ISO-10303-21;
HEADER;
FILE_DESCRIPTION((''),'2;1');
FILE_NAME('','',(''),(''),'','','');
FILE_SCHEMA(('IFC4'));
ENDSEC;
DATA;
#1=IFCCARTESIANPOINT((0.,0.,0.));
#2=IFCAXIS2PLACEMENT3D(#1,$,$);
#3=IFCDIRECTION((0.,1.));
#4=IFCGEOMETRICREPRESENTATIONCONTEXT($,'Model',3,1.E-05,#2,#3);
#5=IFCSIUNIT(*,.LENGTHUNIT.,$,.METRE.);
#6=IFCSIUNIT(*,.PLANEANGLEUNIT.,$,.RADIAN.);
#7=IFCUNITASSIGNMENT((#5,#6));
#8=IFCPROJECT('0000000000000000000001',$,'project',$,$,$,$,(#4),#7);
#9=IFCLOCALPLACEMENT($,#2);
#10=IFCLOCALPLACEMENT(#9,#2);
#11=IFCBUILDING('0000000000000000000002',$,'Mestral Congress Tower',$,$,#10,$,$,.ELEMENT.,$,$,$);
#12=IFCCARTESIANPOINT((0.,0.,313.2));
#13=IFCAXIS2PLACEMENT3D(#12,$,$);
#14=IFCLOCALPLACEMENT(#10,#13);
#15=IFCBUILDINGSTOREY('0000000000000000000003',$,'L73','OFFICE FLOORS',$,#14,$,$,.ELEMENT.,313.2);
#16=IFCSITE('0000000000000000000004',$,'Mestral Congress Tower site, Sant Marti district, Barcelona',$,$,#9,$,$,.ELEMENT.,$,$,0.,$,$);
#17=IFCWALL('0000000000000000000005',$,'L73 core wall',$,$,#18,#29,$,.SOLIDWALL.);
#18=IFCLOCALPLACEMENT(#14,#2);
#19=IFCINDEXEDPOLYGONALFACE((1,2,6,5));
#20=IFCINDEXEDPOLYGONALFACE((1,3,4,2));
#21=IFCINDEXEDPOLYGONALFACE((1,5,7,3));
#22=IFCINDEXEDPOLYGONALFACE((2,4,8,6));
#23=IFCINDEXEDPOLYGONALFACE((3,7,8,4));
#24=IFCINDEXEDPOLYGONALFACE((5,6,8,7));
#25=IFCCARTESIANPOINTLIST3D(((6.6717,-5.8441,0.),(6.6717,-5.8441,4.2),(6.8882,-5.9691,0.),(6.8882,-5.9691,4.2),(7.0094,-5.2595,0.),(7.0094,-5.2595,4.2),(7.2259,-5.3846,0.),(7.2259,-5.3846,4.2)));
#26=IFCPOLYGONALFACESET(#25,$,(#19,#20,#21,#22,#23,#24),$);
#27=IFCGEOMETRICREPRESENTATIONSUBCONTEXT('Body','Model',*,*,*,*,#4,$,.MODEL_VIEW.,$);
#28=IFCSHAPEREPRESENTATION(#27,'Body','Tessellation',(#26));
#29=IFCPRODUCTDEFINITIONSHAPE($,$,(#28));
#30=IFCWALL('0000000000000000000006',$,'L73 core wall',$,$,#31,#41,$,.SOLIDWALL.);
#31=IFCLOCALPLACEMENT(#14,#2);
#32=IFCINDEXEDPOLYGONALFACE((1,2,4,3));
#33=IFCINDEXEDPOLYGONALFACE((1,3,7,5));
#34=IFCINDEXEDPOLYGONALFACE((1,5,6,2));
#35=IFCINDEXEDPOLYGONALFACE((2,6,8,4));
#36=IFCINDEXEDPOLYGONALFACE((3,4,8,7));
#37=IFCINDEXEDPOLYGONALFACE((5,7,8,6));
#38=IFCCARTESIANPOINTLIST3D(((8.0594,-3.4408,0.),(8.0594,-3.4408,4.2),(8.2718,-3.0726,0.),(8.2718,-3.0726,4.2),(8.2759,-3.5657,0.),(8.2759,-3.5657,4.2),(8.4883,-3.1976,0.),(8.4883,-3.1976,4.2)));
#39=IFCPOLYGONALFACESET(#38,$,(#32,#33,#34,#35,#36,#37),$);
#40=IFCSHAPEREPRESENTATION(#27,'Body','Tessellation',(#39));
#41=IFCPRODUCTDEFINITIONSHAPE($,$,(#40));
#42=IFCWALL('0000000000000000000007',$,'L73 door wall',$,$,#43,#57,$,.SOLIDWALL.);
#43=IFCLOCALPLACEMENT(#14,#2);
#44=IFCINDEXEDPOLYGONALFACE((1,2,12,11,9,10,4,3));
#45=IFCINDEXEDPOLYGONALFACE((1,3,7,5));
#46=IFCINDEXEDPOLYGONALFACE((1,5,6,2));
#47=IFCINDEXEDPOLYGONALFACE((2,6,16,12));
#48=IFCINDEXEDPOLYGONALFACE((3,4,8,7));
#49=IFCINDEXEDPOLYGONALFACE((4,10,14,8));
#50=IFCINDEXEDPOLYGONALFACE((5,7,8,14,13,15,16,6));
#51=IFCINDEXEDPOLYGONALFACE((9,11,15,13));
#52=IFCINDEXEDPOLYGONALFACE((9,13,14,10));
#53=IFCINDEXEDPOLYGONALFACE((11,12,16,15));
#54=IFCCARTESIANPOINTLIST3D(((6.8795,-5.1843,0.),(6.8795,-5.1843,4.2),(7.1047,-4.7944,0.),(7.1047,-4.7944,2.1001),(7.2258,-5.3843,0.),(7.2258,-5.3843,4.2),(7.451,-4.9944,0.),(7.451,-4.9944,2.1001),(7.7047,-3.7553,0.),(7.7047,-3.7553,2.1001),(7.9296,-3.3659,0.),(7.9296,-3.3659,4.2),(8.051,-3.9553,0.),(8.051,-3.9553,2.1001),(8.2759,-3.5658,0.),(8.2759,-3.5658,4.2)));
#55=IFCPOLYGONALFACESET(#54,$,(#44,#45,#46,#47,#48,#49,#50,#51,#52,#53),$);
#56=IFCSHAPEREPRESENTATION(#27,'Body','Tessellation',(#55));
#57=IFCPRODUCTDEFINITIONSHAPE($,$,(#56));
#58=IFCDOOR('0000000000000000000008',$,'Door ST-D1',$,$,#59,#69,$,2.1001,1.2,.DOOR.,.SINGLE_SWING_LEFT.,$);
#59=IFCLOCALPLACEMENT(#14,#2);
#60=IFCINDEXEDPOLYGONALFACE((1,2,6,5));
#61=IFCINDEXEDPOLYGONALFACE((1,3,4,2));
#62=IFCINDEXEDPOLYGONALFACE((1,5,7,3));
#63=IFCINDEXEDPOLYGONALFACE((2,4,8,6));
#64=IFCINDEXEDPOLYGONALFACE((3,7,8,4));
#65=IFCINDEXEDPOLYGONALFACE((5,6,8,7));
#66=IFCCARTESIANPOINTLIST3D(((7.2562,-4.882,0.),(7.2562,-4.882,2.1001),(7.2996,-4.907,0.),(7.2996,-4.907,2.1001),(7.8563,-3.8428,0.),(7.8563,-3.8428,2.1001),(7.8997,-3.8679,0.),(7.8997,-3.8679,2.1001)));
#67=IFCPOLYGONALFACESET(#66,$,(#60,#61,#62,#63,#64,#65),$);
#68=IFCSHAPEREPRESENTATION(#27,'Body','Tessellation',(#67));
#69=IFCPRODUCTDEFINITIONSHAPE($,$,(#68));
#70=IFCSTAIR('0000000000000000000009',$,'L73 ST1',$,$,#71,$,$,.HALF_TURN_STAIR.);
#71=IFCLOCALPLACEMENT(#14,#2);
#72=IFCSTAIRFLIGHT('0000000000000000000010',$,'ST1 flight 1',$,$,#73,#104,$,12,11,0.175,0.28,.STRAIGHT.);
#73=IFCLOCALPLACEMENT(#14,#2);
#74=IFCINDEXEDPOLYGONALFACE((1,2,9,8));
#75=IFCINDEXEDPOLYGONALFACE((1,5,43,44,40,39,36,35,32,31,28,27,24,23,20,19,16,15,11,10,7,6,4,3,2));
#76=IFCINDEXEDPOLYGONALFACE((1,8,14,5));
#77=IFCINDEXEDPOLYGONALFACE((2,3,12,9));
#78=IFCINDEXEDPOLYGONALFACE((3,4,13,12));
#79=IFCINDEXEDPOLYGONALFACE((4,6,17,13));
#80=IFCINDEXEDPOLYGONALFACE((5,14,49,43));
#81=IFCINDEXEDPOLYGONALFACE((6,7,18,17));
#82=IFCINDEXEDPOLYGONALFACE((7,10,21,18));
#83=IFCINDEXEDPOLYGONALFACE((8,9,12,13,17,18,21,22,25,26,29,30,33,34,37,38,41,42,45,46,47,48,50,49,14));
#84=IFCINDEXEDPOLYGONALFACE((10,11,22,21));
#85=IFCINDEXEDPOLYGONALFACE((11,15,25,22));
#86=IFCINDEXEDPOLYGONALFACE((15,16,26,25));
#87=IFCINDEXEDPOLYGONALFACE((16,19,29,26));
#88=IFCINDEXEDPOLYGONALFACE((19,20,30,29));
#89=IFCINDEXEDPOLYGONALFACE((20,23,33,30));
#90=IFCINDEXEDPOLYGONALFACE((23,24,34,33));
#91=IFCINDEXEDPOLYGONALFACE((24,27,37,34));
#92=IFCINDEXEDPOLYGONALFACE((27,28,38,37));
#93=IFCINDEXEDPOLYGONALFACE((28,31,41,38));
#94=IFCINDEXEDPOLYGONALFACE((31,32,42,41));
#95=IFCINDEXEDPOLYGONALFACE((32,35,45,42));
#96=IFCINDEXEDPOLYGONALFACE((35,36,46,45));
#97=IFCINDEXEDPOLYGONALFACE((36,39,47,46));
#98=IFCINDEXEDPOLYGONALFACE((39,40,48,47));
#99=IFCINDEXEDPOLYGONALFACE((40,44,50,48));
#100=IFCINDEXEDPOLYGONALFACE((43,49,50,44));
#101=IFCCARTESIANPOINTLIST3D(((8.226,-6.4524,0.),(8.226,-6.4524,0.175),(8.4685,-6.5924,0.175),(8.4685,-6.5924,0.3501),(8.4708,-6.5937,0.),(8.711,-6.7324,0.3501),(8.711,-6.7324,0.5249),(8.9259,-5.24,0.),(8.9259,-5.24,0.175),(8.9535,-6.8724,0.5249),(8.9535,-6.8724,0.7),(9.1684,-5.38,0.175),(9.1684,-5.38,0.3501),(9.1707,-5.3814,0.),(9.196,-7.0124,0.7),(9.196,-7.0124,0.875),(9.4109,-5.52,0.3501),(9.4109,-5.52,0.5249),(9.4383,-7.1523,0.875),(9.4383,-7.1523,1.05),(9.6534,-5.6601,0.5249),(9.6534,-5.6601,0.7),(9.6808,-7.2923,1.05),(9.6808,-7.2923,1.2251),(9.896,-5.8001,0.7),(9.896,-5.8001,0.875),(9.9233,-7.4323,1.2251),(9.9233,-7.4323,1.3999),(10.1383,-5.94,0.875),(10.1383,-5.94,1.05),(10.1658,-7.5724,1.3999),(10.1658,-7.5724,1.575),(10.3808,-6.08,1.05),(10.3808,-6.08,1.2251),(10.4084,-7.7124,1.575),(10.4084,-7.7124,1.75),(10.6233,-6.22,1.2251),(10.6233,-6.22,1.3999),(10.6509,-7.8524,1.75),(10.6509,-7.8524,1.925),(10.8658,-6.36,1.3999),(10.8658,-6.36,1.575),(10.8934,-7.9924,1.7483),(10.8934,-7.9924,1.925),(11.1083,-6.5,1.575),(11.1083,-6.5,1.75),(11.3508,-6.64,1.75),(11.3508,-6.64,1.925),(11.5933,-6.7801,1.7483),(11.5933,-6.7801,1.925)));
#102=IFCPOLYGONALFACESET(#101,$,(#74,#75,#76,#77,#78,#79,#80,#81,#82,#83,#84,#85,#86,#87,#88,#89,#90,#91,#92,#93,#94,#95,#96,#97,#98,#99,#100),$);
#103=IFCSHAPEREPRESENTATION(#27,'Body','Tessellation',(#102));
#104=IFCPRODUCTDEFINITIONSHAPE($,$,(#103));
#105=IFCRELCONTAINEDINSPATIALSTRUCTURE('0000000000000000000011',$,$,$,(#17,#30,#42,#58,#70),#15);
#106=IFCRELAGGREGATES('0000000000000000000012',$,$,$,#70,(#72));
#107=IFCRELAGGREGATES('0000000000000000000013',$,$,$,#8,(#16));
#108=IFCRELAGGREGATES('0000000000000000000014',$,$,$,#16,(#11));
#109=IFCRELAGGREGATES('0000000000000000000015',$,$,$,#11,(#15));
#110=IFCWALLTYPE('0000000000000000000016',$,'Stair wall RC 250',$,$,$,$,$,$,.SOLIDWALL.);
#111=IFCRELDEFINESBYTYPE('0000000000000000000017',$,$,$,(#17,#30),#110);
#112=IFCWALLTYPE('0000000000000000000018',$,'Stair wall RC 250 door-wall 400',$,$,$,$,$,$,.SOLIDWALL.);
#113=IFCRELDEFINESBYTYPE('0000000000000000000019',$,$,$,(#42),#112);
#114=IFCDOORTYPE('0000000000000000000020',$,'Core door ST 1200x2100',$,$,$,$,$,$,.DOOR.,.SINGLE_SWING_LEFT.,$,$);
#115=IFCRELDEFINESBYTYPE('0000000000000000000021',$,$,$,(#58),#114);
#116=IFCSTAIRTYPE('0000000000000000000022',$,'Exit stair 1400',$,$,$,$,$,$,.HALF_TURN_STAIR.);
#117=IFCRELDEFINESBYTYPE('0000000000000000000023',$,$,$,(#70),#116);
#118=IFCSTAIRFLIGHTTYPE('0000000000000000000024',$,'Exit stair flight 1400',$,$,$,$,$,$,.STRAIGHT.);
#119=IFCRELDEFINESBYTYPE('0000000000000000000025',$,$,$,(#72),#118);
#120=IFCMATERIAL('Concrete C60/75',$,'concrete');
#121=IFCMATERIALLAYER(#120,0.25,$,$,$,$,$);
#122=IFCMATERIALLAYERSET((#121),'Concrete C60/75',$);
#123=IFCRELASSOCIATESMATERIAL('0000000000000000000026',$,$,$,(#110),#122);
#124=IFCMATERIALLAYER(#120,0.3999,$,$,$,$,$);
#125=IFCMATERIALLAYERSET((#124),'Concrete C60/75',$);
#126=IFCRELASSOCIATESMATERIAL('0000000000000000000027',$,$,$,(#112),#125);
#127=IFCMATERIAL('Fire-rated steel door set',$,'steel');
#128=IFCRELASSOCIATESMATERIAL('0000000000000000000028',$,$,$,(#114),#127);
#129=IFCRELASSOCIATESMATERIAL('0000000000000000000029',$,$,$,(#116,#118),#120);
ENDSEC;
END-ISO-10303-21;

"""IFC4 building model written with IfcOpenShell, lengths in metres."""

from ifc_helpers import new_model, si_unit, direction, frame, frame_2d, origin, place, context, subcontext, project, spatial, polyline, rectangle, outline, extrude, material, layer, layer_set, type_object, element, fill, aggregate, save


model = new_model("IFC4")

# Units and contexts
model_context = context("Model", 3, precision=1e-05, world=origin(), true_north=direction((0.0, 1.0)))
body_context = subcontext(model_context, "Body", "Model", "MODEL_VIEW")
ifc_project = project(units=[si_unit("LENGTHUNIT", "METRE"), si_unit("PLANEANGLEUNIT", "RADIAN")], contexts=[model_context])

# Site, building, storey
site_placement = place(None, origin())
site = spatial("IfcSite", under=ifc_project, at=site_placement, Name="Mestral Congress Tower site, Sant Marti district, Barcelona", CompositionType="ELEMENT", RefElevation=0.0)
building_placement = place(site_placement, origin())
building = spatial("IfcBuilding", under=site, at=building_placement, Name="Mestral Congress Tower", CompositionType="ELEMENT")
storey_placement = place(building_placement, frame((0.0, 0.0, 313.2)))
storey = spatial("IfcBuildingStorey", under=building, at=storey_placement, Name="L73", Description="OFFICE FLOORS", CompositionType="ELEMENT", Elevation=313.2)

# Shared definitions
ifc_material_1 = material(Name="Fire-rated steel door set", Category="steel")

# Shared definitions
ifc_material_2 = material(Name="Concrete C60/75", Category="concrete")

# Walls
ifc_layer_1 = layer(ifc_material_2, 0.25)
ifc_layer_set_1 = layer_set([ifc_layer_1], Name="Concrete C60/75")
wall_type_1 = type_object("IfcWallType", Name="Stair wall RC 250", PredefinedType="SOLIDWALL", material=ifc_layer_set_1)
wall_1_placement = place(storey_placement, frame((6.78, -5.9065, 0.0), z_axis=(0.0, 0.0, 1.0), x_axis=(0.500223, 0.865896, 0.0)))
element("IfcWall", 1, at=wall_1_placement, inside=storey, type_object=wall_type_1, Name="L73 core wall", PredefinedType="SOLIDWALL", context=body_context, shape_type="SweptSolid", body=[
    extrude(rectangle(XDim=0.675, YDim=0.25, at=frame_2d((0.3374, 0.0))), origin(), (0.0, 0.0, 1.0), 4.2),
])
wall_2_placement = place(storey_placement, frame((8.1677, -3.5032, 0.0), z_axis=(0.0, 0.0, 1.0), x_axis=(0.499722, 0.866186, 0.0)))
element("IfcWall", 2, at=wall_2_placement, inside=storey, type_object=wall_type_1, Name="L73 core wall", PredefinedType="SOLIDWALL", context=body_context, shape_type="SweptSolid", body=[
    extrude(rectangle(XDim=0.425, YDim=0.25, at=frame_2d((0.2124, 0.0))), origin(), (0.0, 0.0, 1.0), 4.2),
])

# Wall, opening, door
ifc_layer_2 = layer(ifc_material_2, 0.3999)
ifc_layer_set_2 = layer_set([ifc_layer_2], Name="Concrete C60/75")
wall_type_2 = type_object("IfcWallType", Name="Stair wall RC 250 door-wall 400", PredefinedType="SOLIDWALL", material=ifc_layer_set_2)
wall_3_placement = place(storey_placement, frame((7.0527, -5.2842, 0.0), z_axis=(0.0, 0.0, 1.0), x_axis=(0.500078, 0.86598, 0.0)))
wall_3 = element("IfcWall", 3, at=wall_3_placement, inside=storey, type_object=wall_type_2, Name="L73 door wall", PredefinedType="SOLIDWALL", context=body_context, shape_type="SweptSolid", body=[
    extrude(rectangle(XDim=2.0999, YDim=0.3999, at=frame_2d((1.0498, 0.0))), origin(), (0.0, 0.0, 1.0), 4.2),
])
opening_1_placement = place(wall_3_placement, frame((0.45, 0.0, 0.0)))
opening_1 = element("IfcOpeningElement", 4, at=opening_1_placement, cuts=wall_3, PredefinedType="OPENING", context=body_context, shape_type="SweptSolid", body=[
    extrude(rectangle(XDim=1.2, YDim=2.1001, at=frame_2d((0.6001, 1.05))), frame((0.0, 0.21, 0.0), z_axis=(0.0, -1.0, 0.0), x_axis=(1.0, 0.0, 0.0)), (0.0, 0.0, 1.0), 0.4199),
])
door_type_1 = type_object("IfcDoorType", Name="Core door ST 1200x2100", OperationType="SINGLE_SWING_LEFT", PredefinedType="DOOR", material=ifc_material_1)
door_1_placement = place(opening_1_placement, origin())
door_1 = element("IfcDoor", 5, at=door_1_placement, inside=storey, type_object=door_type_1, Name="Door ST-D1", OperationType="SINGLE_SWING_LEFT", OverallHeight=2.1001, OverallWidth=1.2, PredefinedType="DOOR", context=body_context, shape_type="SweptSolid", body=[
    extrude(rectangle(XDim=1.2, YDim=2.1001, at=frame_2d((0.6001, 1.05))), frame((0.0, 0.0249, 0.0), z_axis=(0.0, -1.0, 0.0), x_axis=(1.0, 0.0, 0.0)), (0.0, 0.0, 1.0), 0.05),
])
fill(opening_1, door_1)

# Stair, stair flight
stair_type = type_object("IfcStairType", Name="Exit stair 1400", PredefinedType="HALF_TURN_STAIR", material=ifc_material_2)
stair_placement = place(storey_placement, origin())
stair = element("IfcStair", 6, at=stair_placement, inside=storey, type_object=stair_type, Name="L73 ST1", PredefinedType="HALF_TURN_STAIR")
stair_flight_type = type_object("IfcStairFlightType", Name="Exit stair flight 1400", PredefinedType="STRAIGHT", material=ifc_material_2)
stair_flight_placement = place(storey_placement, frame((8.5759, -5.8462, 0.0), z_axis=(0.0, 0.0, 1.0), x_axis=(0.866025, -0.5, 0.0)))
stair_flight = element("IfcStairFlight", 7, at=stair_flight_placement, type_object=stair_flight_type, Name="ST1 flight 1", NumberOfRisers=12, NumberOfTreads=11, PredefinedType="STRAIGHT", RiserHeight=0.175, TreadLength=0.28, context=body_context, shape_type="SweptSolid", body=[
    extrude(outline(polyline([(0.0, 0.0), (0.0, 0.175), (0.28, 0.175), (0.28, 0.3501), (0.5601, 0.3501), (0.5601, 0.5249), (0.8401, 0.5249), (0.8401, 0.7), (1.1201, 0.7), (1.1201, 0.875), (1.3999, 0.875), (1.3999, 1.05), (1.6799, 1.05), (1.6799, 1.2251), (1.96, 1.2251), (1.96, 1.3999), (2.24, 1.3999), (2.24, 1.575), (2.52, 1.575), (2.52, 1.75), (2.8, 1.75), (2.8, 1.925), (3.0801, 1.925), (3.0801, 2.1001), (3.0801, 1.7483), (0.2827, 0.0), (0.0, 0.0)])), frame((0.0, 0.7, 0.0), z_axis=(0.0, -1.0, 0.0), x_axis=(1.0, 0.0, 0.0)), (0.0, 0.0, 1.0), 1.3999),
])
aggregate(stair, [stair_flight])

save(model, "model.ifc")
